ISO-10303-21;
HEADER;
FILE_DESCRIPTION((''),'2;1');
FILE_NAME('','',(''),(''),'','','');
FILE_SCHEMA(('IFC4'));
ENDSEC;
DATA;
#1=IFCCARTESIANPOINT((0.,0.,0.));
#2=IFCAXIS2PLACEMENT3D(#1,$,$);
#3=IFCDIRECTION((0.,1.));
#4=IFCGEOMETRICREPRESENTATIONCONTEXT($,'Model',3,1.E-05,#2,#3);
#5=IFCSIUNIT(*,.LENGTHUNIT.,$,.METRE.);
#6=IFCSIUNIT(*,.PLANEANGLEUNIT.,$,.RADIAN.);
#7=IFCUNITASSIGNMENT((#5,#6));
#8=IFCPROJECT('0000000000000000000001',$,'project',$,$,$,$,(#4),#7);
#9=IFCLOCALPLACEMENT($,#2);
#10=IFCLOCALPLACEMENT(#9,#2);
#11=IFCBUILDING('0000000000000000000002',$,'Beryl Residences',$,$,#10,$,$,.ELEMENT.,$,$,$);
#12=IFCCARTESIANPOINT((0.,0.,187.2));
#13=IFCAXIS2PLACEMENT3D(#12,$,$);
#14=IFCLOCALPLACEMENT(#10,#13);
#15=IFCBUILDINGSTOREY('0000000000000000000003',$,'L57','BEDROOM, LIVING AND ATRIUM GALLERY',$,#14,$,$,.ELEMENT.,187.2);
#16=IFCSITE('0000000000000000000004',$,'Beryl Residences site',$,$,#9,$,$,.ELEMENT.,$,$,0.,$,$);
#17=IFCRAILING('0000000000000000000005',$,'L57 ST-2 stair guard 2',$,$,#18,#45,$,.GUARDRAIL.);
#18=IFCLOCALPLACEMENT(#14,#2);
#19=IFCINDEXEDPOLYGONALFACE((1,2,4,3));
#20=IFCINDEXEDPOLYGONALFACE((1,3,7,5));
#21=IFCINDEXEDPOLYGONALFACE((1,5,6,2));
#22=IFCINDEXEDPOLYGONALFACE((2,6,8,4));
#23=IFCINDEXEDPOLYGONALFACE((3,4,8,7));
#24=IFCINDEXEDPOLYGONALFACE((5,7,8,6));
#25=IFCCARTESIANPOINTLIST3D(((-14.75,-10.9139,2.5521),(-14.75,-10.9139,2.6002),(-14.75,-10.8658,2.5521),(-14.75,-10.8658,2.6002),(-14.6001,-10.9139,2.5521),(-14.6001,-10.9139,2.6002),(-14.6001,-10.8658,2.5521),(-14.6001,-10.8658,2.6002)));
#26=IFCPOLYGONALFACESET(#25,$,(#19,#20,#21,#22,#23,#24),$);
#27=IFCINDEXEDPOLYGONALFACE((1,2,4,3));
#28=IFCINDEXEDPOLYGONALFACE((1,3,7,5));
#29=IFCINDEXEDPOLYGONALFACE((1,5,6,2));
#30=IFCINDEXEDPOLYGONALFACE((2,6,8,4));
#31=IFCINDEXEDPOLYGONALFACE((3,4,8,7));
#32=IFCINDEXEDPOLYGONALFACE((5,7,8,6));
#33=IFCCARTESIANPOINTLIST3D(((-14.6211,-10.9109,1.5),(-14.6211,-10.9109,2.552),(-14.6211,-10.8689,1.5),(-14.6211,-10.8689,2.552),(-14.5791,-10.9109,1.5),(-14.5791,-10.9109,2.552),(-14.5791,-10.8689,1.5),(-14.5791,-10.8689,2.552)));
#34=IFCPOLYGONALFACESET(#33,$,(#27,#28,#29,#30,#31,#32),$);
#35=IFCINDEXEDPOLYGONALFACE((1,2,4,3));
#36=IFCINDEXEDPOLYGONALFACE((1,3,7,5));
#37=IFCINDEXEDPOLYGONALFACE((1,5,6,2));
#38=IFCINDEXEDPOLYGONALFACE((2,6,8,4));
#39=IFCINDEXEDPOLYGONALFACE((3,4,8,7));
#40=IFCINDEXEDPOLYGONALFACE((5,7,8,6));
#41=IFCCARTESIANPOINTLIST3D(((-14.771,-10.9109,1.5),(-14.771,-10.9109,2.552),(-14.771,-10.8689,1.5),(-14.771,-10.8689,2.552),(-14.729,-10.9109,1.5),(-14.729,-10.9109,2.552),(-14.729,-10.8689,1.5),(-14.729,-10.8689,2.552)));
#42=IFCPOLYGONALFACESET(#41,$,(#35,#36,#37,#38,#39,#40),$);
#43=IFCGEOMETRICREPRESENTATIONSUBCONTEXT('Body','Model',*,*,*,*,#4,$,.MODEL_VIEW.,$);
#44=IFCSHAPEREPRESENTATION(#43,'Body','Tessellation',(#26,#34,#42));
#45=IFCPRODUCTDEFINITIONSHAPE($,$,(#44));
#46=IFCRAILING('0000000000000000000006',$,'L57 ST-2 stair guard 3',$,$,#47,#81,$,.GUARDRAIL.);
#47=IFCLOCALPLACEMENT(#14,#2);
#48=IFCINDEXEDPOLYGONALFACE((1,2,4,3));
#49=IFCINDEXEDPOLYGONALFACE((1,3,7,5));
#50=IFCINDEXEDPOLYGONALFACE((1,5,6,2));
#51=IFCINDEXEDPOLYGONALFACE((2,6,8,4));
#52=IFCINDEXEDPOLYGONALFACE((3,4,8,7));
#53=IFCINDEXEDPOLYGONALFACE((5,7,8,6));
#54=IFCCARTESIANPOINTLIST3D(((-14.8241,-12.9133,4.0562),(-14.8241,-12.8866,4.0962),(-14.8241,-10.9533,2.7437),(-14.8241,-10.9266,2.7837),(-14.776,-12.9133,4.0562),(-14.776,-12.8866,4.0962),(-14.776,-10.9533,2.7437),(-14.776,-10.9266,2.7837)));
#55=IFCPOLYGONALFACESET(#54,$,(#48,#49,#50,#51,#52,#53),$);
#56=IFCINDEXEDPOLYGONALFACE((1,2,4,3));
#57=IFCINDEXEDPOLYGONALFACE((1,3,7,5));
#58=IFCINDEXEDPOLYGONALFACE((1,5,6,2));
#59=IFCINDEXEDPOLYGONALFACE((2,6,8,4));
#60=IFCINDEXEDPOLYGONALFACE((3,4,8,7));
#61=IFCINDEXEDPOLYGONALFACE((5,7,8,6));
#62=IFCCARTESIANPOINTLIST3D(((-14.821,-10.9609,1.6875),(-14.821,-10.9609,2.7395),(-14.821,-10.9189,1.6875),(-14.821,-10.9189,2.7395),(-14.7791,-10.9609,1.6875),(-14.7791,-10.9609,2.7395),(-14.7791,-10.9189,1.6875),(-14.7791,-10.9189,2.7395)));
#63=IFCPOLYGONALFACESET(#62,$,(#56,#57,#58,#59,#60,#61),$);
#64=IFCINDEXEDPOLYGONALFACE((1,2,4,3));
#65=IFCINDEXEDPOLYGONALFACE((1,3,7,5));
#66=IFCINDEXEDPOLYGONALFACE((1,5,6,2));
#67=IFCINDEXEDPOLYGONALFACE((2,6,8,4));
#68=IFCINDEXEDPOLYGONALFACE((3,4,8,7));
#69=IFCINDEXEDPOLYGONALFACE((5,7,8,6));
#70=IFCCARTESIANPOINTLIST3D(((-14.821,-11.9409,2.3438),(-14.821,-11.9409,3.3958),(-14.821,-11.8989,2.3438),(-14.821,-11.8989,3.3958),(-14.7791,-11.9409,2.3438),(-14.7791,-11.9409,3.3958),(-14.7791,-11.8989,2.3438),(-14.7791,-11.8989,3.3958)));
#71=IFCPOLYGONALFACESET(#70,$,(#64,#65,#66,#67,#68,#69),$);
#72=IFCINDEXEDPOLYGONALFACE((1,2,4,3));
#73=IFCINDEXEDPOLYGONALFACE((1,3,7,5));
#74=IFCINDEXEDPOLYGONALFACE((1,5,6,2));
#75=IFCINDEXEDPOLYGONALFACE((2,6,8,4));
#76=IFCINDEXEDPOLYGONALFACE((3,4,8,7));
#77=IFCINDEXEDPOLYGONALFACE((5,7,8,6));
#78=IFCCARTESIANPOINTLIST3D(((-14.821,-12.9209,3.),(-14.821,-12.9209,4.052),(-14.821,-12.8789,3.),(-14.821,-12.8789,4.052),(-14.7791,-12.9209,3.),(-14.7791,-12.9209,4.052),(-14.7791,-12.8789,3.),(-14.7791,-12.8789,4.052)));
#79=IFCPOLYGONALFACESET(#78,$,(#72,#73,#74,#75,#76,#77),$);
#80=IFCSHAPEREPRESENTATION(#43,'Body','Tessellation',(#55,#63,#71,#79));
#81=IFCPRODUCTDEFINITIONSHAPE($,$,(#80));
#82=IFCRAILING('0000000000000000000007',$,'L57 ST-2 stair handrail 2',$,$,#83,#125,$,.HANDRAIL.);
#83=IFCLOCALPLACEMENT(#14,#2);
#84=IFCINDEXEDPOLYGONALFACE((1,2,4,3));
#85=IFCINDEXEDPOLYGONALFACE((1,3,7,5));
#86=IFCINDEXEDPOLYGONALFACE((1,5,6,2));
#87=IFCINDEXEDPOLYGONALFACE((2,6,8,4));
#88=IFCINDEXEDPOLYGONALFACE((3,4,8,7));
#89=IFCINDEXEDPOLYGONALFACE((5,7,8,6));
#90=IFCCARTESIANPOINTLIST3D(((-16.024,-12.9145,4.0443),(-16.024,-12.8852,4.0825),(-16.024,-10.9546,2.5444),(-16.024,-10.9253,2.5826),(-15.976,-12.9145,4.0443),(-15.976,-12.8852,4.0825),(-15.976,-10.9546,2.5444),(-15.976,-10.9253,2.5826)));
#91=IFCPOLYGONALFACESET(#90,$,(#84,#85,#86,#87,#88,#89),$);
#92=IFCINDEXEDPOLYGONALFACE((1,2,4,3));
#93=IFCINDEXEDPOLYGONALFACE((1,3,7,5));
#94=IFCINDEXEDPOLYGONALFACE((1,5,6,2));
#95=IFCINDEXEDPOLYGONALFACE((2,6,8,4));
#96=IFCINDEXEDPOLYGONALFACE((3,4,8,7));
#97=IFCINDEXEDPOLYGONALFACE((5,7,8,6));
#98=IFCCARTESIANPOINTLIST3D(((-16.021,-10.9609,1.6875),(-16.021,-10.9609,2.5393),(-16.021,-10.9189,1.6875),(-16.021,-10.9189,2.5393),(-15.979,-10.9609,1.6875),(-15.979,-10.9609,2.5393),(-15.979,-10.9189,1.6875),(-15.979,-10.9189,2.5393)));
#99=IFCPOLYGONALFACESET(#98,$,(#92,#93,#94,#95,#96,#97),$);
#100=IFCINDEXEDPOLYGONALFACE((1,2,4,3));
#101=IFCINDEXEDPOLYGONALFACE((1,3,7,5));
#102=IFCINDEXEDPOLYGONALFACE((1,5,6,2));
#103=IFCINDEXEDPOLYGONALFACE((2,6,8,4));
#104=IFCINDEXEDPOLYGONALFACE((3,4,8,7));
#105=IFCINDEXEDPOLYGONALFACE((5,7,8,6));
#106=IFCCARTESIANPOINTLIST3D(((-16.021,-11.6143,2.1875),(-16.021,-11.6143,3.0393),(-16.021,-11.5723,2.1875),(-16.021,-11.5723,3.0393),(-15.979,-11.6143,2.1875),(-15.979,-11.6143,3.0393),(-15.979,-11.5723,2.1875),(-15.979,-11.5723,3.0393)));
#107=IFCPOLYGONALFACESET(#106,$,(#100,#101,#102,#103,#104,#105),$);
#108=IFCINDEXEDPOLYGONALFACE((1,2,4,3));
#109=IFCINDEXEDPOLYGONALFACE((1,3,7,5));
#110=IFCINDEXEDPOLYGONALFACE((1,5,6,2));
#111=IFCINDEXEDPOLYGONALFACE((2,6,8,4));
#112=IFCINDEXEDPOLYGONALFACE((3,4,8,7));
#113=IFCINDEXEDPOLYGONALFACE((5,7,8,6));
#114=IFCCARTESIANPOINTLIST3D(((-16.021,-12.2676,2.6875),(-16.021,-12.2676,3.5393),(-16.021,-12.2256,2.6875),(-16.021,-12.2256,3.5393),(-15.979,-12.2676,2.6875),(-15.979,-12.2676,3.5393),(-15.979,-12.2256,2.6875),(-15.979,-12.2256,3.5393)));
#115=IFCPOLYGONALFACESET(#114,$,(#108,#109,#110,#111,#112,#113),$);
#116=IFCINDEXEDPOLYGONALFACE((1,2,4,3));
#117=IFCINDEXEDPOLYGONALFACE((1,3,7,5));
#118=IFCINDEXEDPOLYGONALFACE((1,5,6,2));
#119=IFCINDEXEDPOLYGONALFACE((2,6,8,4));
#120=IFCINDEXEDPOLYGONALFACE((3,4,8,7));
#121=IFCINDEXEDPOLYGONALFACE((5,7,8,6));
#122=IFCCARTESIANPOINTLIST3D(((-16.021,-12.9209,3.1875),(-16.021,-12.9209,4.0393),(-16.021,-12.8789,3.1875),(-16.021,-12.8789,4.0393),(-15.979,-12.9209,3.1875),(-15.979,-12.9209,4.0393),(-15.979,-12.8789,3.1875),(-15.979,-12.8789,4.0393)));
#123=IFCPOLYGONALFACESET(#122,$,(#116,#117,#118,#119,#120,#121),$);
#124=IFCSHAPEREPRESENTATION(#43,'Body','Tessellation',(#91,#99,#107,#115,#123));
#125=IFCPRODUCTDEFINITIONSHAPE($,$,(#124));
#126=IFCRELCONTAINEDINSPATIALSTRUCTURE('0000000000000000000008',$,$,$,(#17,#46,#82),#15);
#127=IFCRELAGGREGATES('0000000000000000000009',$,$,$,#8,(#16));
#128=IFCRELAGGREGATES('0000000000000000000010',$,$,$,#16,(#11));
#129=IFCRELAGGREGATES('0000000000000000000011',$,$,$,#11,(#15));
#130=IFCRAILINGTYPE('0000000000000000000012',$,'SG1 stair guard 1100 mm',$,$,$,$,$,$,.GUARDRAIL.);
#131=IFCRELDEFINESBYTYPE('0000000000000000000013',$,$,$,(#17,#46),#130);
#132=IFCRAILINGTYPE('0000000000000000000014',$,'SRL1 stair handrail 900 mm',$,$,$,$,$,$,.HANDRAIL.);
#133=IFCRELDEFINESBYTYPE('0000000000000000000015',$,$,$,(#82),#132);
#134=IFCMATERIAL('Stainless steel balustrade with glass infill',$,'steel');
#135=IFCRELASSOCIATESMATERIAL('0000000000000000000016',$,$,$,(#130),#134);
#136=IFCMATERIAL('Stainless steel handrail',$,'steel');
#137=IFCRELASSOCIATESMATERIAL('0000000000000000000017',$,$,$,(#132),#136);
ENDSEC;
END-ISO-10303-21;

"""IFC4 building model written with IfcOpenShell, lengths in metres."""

from ifc_helpers import new_model, si_unit, direction, frame, origin, origin_2d, place, context, subcontext, project, spatial, rectangle, extrude, material, type_object, element, save


model = new_model("IFC4")

# Units and contexts
model_context = context("Model", 3, precision=1e-05, world=origin(), true_north=direction((0.0, 1.0)))
body_context = subcontext(model_context, "Body", "Model", "MODEL_VIEW")
ifc_project = project(units=[si_unit("LENGTHUNIT", "METRE"), si_unit("PLANEANGLEUNIT", "RADIAN")], contexts=[model_context])

# Site, building, storey
site_placement = place(None, origin())
site = spatial("IfcSite", under=ifc_project, at=site_placement, Name="Beryl Residences site", CompositionType="ELEMENT", RefElevation=0.0)
building_placement = place(site_placement, origin())
building = spatial("IfcBuilding", under=site, at=building_placement, Name="Beryl Residences", CompositionType="ELEMENT")
storey_placement = place(building_placement, frame((0.0, 0.0, 187.2)))
storey = spatial("IfcBuildingStorey", under=building, at=storey_placement, Name="L57", Description="BEDROOM, LIVING AND ATRIUM GALLERY", CompositionType="ELEMENT", Elevation=187.2)

# Railings
ifc_material_1 = material(Name="Stainless steel balustrade with glass infill", Category="steel")
railing_type_1 = type_object("IfcRailingType", Name="SG1 stair guard 1100 mm", PredefinedType="GUARDRAIL", material=ifc_material_1)
railing_1_placement = place(storey_placement, frame((-14.6001, -10.8899, 1.5)))
element("IfcRailing", 1, at=railing_1_placement, inside=storey, type_object=railing_type_1, Name="L57 ST-2 stair guard 2", PredefinedType="GUARDRAIL", context=body_context, shape_type="SweptSolid", body=[
    extrude(rectangle(XDim=0.0481, YDim=0.0481, at=origin_2d()), frame((0.0, 0.0, 1.0762), z_axis=(-1.0, 0.0, 0.0), x_axis=(0.0, -1.0, 0.0)), (0.0, 0.0, 1.0), 0.1499),
    extrude(rectangle(XDim=0.042, YDim=0.042, at=origin_2d()), origin(), (0.0, 0.0, 1.0), 1.052),
    extrude(rectangle(XDim=0.042, YDim=0.042, at=origin_2d()), frame((-0.1499, 0.0, 0.0)), (0.0, 0.0, 1.0), 1.052),
])
railing_2_placement = place(storey_placement, frame((-14.8, -10.9399, 1.6875)))
element("IfcRailing", 2, at=railing_2_placement, inside=storey, type_object=railing_type_1, Name="L57 ST-2 stair guard 3", PredefinedType="GUARDRAIL", context=body_context, shape_type="SweptSolid", body=[
    extrude(rectangle(XDim=0.0481, YDim=0.0481, at=origin_2d()), frame((0.0, 0.0, 1.0762), z_axis=(0.0, -0.830902, 0.556419), x_axis=(1.0, 0.0, 0.0)), (0.0, 0.0, 1.0), 2.3589),
    extrude(rectangle(XDim=0.042, YDim=0.042, at=origin_2d()), origin(), (0.0, 0.0, 1.0), 1.052),
    extrude(rectangle(XDim=0.042, YDim=0.042, at=origin_2d()), frame((0.0, -0.98, 0.6562)), (0.0, 0.0, 1.0), 1.052),
    extrude(rectangle(XDim=0.042, YDim=0.042, at=origin_2d()), frame((0.0, -1.96, 1.3125)), (0.0, 0.0, 1.0), 1.052),
])
ifc_material_2 = material(Name="Stainless steel handrail", Category="steel")
railing_type_2 = type_object("IfcRailingType", Name="SRL1 stair handrail 900 mm", PredefinedType="HANDRAIL", material=ifc_material_2)
railing_3_placement = place(storey_placement, frame((-16.0, -10.9399, 1.6875)))
element("IfcRailing", 3, at=railing_3_placement, inside=storey, type_object=railing_type_2, Name="L57 ST-2 stair handrail 2", PredefinedType="HANDRAIL", context=body_context, shape_type="SweptSolid", body=[
    extrude(rectangle(XDim=0.0481, YDim=0.0481, at=origin_2d()), frame((0.0, 0.0, 0.876), z_axis=(0.0, -0.794122, 0.607758), x_axis=(1.0, 0.0, 0.0)), (0.0, 0.0, 1.0), 2.468),
    extrude(rectangle(XDim=0.042, YDim=0.042, at=origin_2d()), origin(), (0.0, 0.0, 1.0), 0.8518),
    extrude(rectangle(XDim=0.042, YDim=0.042, at=origin_2d()), frame((0.0, -0.6533, 0.5)), (0.0, 0.0, 1.0), 0.8518),
    extrude(rectangle(XDim=0.042, YDim=0.042, at=origin_2d()), frame((0.0, -1.3066, 1.0)), (0.0, 0.0, 1.0), 0.8518),
    extrude(rectangle(XDim=0.042, YDim=0.042, at=origin_2d()), frame((0.0, -1.96, 1.5)), (0.0, 0.0, 1.0), 0.8518),
])

save(model, "model.ifc")
